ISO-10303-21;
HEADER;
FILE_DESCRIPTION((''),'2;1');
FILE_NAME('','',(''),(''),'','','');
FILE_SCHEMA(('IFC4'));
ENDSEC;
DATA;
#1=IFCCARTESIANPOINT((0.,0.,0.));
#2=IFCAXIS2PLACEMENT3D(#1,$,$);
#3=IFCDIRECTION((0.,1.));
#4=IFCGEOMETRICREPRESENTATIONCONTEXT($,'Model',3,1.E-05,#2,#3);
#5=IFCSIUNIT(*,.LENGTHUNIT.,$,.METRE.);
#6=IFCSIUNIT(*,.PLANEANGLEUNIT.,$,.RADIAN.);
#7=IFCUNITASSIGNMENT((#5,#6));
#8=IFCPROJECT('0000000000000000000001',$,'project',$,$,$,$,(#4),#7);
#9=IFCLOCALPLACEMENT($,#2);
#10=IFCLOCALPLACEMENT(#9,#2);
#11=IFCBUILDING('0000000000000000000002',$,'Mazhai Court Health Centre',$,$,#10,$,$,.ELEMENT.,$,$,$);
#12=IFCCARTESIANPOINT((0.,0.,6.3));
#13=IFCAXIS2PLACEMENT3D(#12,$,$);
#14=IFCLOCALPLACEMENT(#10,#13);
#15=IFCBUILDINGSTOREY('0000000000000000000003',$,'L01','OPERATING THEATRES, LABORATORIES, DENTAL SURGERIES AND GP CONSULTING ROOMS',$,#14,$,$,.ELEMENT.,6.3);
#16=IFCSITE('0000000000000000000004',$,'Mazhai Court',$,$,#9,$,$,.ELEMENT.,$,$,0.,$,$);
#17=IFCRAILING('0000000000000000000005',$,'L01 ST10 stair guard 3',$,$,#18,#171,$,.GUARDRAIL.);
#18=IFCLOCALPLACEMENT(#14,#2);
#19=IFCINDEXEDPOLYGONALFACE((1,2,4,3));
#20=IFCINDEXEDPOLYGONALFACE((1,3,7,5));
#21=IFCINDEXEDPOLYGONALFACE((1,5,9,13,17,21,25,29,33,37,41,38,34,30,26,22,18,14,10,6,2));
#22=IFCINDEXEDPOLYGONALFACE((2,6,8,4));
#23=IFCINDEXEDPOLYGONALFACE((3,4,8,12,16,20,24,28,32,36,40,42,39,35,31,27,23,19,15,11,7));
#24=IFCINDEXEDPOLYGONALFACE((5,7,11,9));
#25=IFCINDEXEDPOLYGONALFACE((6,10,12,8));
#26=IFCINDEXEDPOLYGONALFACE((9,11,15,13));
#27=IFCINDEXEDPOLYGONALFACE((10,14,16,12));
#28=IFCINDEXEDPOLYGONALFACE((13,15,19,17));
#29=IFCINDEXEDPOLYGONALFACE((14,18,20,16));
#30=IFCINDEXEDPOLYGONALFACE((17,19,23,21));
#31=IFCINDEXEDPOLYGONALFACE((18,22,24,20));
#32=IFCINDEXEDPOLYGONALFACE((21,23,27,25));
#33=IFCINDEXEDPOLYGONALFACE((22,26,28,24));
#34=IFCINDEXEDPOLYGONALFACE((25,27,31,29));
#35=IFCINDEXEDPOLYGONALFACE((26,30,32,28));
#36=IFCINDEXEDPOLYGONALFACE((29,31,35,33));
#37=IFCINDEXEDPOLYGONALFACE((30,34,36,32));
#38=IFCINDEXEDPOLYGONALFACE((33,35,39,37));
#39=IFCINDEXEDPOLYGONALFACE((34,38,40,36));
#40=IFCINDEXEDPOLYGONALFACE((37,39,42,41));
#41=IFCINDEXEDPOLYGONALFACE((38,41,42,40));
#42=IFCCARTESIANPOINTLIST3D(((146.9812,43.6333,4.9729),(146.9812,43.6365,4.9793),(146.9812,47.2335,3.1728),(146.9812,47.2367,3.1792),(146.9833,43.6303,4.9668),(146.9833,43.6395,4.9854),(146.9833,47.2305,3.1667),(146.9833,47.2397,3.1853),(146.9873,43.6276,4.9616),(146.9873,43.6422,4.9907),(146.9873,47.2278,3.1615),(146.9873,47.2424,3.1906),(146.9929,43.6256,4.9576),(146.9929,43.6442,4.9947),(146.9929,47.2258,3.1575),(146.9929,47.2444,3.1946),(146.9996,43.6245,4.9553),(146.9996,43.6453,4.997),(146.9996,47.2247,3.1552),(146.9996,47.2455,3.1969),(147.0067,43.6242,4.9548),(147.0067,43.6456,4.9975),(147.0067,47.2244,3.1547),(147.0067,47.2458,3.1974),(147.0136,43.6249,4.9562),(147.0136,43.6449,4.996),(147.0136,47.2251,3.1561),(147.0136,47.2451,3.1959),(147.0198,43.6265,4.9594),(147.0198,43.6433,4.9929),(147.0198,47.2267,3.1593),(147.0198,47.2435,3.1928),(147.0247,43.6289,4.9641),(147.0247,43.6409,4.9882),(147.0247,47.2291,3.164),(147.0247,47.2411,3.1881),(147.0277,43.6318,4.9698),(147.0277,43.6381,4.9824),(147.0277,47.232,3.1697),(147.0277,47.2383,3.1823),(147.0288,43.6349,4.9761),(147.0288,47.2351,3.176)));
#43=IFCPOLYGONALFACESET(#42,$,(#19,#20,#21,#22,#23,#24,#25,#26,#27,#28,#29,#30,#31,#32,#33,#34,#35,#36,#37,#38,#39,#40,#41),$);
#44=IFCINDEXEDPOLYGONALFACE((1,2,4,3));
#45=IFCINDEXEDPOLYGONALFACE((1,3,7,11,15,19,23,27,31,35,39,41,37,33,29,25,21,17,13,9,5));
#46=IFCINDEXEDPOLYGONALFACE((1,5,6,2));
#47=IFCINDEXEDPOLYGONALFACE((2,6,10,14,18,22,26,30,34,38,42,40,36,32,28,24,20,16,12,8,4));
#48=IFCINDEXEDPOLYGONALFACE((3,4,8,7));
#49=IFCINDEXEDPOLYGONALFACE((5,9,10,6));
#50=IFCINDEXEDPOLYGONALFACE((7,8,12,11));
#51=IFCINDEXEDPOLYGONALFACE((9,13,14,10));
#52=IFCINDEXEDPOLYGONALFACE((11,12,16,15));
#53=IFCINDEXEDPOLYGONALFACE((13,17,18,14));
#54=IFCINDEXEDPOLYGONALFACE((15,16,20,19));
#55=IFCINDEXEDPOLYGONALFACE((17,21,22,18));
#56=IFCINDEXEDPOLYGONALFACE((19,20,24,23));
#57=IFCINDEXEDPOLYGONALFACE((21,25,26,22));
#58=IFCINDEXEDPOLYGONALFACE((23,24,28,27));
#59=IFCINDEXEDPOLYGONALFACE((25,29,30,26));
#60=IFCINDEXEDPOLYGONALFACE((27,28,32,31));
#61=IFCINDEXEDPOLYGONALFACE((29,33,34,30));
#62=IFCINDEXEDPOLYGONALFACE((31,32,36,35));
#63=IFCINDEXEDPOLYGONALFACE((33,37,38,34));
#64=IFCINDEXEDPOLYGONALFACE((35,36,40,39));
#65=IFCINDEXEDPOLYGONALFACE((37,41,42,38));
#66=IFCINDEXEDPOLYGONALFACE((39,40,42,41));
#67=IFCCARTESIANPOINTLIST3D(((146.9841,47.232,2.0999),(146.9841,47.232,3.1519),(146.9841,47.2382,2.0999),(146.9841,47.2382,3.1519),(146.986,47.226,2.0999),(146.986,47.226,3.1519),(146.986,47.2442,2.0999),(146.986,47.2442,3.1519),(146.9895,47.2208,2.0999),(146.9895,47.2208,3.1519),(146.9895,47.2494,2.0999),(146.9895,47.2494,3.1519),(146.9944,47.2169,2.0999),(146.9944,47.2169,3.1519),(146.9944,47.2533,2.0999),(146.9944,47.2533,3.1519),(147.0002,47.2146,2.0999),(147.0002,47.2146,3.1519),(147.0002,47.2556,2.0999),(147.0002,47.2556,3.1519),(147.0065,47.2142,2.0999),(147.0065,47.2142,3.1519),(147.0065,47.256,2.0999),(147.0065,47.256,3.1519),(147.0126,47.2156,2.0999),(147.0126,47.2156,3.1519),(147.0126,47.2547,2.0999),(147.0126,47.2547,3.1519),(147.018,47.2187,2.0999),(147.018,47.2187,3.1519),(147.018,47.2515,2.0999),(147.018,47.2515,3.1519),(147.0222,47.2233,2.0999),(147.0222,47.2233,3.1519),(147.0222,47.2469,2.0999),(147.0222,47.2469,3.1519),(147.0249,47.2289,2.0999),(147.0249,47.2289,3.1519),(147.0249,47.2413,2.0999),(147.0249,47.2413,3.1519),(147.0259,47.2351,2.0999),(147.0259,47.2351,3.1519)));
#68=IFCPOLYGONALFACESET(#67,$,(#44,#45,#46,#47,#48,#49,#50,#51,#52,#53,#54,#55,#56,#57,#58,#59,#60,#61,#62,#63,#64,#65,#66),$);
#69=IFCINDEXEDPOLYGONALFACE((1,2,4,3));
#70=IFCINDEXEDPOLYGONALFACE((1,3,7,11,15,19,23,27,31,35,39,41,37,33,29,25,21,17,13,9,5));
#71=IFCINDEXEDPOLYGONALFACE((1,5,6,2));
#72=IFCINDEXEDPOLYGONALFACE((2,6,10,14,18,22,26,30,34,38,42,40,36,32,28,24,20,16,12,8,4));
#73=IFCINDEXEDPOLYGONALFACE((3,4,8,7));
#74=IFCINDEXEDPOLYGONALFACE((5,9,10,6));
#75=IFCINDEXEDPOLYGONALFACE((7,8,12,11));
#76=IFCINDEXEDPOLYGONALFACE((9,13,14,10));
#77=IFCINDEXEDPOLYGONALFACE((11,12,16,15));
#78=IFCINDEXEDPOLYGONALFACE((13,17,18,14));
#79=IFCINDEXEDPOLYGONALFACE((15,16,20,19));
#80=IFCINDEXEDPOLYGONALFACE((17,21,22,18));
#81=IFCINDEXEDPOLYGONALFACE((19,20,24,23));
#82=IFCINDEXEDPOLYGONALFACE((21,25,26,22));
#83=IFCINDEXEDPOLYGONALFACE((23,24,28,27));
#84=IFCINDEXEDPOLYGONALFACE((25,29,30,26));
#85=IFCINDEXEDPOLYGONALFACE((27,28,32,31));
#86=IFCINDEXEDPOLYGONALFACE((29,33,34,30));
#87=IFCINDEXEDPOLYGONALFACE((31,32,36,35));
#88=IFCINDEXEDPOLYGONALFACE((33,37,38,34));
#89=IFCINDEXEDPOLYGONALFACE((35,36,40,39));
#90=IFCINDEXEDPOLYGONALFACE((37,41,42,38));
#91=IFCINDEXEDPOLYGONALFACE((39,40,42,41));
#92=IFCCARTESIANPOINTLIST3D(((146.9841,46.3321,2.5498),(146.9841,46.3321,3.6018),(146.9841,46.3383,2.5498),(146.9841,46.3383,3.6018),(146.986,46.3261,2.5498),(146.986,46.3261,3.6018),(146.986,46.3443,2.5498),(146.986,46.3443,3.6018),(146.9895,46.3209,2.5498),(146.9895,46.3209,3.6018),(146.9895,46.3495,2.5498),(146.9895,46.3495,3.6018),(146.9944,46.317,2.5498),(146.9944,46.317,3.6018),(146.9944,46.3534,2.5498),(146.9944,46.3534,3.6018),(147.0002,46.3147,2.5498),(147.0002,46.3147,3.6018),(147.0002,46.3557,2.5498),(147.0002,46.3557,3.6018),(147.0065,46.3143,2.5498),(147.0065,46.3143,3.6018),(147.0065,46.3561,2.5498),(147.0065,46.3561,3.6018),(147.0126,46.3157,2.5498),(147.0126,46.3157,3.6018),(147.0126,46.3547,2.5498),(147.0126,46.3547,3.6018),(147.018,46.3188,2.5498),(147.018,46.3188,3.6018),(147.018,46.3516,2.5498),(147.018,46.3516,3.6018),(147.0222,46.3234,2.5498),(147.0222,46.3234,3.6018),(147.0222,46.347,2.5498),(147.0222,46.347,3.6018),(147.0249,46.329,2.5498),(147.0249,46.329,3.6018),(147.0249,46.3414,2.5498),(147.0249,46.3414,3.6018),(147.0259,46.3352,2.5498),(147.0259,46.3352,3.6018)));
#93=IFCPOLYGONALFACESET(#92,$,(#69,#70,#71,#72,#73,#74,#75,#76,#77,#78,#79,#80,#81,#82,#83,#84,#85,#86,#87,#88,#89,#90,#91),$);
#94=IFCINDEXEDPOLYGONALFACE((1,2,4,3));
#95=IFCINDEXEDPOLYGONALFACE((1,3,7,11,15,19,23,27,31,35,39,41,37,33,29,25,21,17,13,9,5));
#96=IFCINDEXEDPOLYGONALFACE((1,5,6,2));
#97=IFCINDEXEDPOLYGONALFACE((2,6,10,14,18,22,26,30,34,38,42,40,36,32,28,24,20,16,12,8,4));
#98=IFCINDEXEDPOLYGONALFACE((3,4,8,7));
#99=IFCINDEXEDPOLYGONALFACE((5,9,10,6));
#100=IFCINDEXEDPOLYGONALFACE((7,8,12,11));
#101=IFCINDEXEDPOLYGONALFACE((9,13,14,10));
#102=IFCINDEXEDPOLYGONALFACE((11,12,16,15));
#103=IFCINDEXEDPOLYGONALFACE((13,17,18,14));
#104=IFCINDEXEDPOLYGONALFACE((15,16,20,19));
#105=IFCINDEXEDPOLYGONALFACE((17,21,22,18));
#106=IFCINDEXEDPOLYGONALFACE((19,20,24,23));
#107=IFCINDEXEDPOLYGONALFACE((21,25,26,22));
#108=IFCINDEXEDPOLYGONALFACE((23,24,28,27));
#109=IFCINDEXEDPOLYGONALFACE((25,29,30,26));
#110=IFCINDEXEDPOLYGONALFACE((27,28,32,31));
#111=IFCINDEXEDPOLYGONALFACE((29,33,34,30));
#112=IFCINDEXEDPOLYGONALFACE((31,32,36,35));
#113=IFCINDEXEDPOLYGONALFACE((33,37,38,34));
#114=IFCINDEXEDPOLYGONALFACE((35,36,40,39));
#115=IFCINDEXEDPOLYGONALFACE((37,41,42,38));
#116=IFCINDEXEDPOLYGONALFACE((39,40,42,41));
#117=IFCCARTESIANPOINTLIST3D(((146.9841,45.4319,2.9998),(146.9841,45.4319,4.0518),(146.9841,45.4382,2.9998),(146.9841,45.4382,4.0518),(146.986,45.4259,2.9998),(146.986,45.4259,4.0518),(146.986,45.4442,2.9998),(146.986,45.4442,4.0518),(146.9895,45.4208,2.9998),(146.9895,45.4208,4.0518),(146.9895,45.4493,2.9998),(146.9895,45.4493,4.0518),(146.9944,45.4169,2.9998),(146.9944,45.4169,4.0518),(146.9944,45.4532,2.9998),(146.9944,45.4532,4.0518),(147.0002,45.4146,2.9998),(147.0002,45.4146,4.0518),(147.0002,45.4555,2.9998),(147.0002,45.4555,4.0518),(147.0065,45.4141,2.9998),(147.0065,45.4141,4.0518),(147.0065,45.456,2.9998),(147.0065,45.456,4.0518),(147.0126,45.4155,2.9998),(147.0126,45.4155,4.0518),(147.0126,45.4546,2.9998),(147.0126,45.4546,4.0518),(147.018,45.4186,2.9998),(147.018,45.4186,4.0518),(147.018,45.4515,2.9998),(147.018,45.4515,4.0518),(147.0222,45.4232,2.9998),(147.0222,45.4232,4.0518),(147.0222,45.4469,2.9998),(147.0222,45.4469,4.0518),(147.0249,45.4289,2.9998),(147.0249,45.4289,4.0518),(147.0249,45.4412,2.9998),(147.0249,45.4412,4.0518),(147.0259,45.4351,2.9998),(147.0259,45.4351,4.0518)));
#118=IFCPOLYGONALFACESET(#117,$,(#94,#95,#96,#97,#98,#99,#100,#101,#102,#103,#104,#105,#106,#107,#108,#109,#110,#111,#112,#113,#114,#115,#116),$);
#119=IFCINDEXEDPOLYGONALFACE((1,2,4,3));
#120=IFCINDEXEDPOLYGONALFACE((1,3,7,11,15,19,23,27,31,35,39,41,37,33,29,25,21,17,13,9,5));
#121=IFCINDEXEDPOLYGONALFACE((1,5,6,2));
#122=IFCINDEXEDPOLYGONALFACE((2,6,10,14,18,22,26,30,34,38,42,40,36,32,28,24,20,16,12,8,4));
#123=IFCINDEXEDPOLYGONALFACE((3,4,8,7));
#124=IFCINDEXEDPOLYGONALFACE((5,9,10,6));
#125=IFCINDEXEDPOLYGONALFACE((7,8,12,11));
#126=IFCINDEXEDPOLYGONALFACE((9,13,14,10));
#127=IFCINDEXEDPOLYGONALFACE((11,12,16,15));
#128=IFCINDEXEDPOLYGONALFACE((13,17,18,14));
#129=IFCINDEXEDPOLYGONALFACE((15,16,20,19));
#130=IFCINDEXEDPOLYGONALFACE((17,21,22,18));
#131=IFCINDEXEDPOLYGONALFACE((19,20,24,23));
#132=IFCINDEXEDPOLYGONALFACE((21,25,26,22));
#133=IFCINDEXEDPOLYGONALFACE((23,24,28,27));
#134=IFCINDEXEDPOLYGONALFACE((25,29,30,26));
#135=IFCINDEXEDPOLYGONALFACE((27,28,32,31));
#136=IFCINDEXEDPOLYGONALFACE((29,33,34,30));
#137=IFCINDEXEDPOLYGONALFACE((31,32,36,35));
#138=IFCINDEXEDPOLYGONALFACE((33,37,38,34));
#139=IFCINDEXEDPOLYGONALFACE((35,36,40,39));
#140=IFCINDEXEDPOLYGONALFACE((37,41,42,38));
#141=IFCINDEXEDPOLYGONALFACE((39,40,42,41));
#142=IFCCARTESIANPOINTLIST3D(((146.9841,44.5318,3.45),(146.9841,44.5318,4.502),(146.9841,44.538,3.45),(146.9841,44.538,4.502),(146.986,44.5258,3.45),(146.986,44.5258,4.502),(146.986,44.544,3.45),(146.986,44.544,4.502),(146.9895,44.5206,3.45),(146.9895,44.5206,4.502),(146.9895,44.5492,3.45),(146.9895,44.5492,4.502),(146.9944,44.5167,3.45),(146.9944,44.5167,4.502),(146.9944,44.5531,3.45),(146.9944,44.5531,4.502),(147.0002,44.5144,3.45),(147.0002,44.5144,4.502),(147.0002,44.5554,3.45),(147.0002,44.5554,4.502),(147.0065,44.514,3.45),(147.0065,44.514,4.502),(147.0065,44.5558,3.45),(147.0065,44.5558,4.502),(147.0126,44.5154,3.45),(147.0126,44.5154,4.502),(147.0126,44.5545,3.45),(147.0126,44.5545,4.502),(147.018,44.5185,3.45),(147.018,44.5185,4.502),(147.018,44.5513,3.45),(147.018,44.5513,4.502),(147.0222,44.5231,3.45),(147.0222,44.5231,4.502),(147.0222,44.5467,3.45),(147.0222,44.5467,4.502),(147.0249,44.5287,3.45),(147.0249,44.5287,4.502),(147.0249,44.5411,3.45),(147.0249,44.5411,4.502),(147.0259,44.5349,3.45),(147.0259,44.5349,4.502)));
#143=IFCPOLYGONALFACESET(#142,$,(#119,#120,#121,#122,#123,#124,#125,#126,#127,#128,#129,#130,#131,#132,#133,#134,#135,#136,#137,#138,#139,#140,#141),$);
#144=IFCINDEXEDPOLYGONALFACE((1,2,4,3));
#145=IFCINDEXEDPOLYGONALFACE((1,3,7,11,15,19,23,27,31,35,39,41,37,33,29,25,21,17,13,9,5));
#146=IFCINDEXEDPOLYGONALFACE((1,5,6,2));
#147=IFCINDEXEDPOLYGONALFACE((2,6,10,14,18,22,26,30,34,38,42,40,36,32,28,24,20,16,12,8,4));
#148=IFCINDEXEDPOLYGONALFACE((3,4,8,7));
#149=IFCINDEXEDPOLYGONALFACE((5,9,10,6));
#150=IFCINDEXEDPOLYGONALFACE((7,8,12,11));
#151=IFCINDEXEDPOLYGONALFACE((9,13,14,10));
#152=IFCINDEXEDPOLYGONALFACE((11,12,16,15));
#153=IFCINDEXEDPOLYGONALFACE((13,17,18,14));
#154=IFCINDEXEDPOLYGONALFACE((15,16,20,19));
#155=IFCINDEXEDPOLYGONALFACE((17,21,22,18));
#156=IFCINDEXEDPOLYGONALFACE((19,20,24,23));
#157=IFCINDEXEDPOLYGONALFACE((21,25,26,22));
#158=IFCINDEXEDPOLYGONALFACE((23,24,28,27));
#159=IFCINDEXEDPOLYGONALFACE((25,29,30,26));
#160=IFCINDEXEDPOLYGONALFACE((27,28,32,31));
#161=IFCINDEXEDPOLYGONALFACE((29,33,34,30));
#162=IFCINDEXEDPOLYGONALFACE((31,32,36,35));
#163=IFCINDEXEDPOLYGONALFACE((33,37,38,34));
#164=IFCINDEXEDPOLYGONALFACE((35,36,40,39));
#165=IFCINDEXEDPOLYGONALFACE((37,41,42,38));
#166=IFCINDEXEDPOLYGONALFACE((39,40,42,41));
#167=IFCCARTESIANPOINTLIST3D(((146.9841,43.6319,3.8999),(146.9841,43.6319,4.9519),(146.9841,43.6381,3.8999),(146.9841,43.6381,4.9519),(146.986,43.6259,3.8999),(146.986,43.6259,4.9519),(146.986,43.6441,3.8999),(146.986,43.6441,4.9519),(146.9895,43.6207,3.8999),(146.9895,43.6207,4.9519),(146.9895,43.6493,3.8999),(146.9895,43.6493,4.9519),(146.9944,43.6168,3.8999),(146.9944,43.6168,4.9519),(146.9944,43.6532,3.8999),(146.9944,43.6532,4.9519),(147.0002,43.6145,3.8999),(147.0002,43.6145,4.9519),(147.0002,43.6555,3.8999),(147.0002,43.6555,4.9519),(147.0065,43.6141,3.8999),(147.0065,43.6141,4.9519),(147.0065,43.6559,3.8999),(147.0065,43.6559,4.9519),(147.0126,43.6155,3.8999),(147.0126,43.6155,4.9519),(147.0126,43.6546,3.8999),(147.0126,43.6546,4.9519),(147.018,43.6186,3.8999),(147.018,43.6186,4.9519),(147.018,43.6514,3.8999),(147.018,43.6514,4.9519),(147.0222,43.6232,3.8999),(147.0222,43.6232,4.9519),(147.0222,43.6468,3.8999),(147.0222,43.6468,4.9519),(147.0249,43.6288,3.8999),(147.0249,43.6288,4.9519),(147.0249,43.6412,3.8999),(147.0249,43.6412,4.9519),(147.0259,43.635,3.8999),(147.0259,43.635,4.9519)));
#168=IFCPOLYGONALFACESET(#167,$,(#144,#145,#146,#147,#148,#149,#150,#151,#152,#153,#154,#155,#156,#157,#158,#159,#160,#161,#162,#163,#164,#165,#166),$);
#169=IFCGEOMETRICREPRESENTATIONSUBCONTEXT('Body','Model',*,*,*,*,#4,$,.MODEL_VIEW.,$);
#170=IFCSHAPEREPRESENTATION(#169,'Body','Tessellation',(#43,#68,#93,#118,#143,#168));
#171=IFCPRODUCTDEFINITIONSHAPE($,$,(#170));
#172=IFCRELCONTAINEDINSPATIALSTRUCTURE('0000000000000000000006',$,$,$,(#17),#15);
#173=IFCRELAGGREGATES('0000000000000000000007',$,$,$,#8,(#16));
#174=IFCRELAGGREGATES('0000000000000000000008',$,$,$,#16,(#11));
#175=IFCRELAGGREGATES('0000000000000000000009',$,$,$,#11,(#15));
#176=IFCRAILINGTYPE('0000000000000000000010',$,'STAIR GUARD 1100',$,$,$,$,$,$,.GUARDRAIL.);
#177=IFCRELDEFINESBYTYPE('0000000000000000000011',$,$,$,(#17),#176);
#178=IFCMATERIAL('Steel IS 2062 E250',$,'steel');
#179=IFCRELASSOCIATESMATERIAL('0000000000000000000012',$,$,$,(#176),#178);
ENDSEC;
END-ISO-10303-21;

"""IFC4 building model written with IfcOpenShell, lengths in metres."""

from ifc_helpers import new_model, si_unit, direction, frame, origin, origin_2d, place, context, subcontext, project, spatial, circle, extrude, material, type_object, element, save


model = new_model("IFC4")

# Units and contexts
model_context = context("Model", 3, precision=1e-05, world=origin(), true_north=direction((0.0, 1.0)))
body_context = subcontext(model_context, "Body", "Model", "MODEL_VIEW")
ifc_project = project(units=[si_unit("LENGTHUNIT", "METRE"), si_unit("PLANEANGLEUNIT", "RADIAN")], contexts=[model_context])

# Site, building, storey
site_placement = place(None, origin())
site = spatial("IfcSite", under=ifc_project, at=site_placement, Name="Mazhai Court", CompositionType="ELEMENT", RefElevation=0.0)
building_placement = place(site_placement, origin())
building = spatial("IfcBuilding", under=site, at=building_placement, Name="Mazhai Court Health Centre", CompositionType="ELEMENT")
storey_placement = place(building_placement, frame((0.0, 0.0, 6.3)))
storey = spatial("IfcBuildingStorey", under=building, at=storey_placement, Name="L01", Description="OPERATING THEATRES, LABORATORIES, DENTAL SURGERIES AND GP CONSULTING ROOMS", CompositionType="ELEMENT", Elevation=6.3)

# Railing
ifc_material_1 = material(Name="Steel IS 2062 E250", Category="steel")
railing_type_1 = type_object("IfcRailingType", Name="STAIR GUARD 1100", PredefinedType="GUARDRAIL", material=ifc_material_1)
railing_1_placement = place(storey_placement, frame((147.0049, 47.2351, 2.0999)))
element("IfcRailing", 1, at=railing_1_placement, inside=storey, type_object=railing_type_1, Name="L01 ST10 stair guard 3", PredefinedType="GUARDRAIL", context=body_context, shape_type="SweptSolid", body=[
    extrude(circle(Radius=0.0239, at=origin_2d()), frame((0.0, 0.0, 1.0762), z_axis=(0.0, -0.894427, 0.447214), x_axis=(1.0, 0.0, 0.0)), (0.0, 0.0, 1.0), 4.0251),
    extrude(circle(Radius=0.021, at=origin_2d()), origin(), (0.0, 0.0, 1.0), 1.052),
    extrude(circle(Radius=0.021, at=origin_2d()), frame((0.0, -0.8999, 0.45)), (0.0, 0.0, 1.0), 1.052),
    extrude(circle(Radius=0.021, at=origin_2d()), frame((0.0, -1.8, 0.8999)), (0.0, 0.0, 1.0), 1.052),
    extrude(circle(Radius=0.021, at=origin_2d()), frame((0.0, -2.7002, 1.3501)), (0.0, 0.0, 1.0), 1.052),
    extrude(circle(Radius=0.021, at=origin_2d()), frame((0.0, -3.6001, 1.8)), (0.0, 0.0, 1.0), 1.052),
])

save(model, "model.ifc")
